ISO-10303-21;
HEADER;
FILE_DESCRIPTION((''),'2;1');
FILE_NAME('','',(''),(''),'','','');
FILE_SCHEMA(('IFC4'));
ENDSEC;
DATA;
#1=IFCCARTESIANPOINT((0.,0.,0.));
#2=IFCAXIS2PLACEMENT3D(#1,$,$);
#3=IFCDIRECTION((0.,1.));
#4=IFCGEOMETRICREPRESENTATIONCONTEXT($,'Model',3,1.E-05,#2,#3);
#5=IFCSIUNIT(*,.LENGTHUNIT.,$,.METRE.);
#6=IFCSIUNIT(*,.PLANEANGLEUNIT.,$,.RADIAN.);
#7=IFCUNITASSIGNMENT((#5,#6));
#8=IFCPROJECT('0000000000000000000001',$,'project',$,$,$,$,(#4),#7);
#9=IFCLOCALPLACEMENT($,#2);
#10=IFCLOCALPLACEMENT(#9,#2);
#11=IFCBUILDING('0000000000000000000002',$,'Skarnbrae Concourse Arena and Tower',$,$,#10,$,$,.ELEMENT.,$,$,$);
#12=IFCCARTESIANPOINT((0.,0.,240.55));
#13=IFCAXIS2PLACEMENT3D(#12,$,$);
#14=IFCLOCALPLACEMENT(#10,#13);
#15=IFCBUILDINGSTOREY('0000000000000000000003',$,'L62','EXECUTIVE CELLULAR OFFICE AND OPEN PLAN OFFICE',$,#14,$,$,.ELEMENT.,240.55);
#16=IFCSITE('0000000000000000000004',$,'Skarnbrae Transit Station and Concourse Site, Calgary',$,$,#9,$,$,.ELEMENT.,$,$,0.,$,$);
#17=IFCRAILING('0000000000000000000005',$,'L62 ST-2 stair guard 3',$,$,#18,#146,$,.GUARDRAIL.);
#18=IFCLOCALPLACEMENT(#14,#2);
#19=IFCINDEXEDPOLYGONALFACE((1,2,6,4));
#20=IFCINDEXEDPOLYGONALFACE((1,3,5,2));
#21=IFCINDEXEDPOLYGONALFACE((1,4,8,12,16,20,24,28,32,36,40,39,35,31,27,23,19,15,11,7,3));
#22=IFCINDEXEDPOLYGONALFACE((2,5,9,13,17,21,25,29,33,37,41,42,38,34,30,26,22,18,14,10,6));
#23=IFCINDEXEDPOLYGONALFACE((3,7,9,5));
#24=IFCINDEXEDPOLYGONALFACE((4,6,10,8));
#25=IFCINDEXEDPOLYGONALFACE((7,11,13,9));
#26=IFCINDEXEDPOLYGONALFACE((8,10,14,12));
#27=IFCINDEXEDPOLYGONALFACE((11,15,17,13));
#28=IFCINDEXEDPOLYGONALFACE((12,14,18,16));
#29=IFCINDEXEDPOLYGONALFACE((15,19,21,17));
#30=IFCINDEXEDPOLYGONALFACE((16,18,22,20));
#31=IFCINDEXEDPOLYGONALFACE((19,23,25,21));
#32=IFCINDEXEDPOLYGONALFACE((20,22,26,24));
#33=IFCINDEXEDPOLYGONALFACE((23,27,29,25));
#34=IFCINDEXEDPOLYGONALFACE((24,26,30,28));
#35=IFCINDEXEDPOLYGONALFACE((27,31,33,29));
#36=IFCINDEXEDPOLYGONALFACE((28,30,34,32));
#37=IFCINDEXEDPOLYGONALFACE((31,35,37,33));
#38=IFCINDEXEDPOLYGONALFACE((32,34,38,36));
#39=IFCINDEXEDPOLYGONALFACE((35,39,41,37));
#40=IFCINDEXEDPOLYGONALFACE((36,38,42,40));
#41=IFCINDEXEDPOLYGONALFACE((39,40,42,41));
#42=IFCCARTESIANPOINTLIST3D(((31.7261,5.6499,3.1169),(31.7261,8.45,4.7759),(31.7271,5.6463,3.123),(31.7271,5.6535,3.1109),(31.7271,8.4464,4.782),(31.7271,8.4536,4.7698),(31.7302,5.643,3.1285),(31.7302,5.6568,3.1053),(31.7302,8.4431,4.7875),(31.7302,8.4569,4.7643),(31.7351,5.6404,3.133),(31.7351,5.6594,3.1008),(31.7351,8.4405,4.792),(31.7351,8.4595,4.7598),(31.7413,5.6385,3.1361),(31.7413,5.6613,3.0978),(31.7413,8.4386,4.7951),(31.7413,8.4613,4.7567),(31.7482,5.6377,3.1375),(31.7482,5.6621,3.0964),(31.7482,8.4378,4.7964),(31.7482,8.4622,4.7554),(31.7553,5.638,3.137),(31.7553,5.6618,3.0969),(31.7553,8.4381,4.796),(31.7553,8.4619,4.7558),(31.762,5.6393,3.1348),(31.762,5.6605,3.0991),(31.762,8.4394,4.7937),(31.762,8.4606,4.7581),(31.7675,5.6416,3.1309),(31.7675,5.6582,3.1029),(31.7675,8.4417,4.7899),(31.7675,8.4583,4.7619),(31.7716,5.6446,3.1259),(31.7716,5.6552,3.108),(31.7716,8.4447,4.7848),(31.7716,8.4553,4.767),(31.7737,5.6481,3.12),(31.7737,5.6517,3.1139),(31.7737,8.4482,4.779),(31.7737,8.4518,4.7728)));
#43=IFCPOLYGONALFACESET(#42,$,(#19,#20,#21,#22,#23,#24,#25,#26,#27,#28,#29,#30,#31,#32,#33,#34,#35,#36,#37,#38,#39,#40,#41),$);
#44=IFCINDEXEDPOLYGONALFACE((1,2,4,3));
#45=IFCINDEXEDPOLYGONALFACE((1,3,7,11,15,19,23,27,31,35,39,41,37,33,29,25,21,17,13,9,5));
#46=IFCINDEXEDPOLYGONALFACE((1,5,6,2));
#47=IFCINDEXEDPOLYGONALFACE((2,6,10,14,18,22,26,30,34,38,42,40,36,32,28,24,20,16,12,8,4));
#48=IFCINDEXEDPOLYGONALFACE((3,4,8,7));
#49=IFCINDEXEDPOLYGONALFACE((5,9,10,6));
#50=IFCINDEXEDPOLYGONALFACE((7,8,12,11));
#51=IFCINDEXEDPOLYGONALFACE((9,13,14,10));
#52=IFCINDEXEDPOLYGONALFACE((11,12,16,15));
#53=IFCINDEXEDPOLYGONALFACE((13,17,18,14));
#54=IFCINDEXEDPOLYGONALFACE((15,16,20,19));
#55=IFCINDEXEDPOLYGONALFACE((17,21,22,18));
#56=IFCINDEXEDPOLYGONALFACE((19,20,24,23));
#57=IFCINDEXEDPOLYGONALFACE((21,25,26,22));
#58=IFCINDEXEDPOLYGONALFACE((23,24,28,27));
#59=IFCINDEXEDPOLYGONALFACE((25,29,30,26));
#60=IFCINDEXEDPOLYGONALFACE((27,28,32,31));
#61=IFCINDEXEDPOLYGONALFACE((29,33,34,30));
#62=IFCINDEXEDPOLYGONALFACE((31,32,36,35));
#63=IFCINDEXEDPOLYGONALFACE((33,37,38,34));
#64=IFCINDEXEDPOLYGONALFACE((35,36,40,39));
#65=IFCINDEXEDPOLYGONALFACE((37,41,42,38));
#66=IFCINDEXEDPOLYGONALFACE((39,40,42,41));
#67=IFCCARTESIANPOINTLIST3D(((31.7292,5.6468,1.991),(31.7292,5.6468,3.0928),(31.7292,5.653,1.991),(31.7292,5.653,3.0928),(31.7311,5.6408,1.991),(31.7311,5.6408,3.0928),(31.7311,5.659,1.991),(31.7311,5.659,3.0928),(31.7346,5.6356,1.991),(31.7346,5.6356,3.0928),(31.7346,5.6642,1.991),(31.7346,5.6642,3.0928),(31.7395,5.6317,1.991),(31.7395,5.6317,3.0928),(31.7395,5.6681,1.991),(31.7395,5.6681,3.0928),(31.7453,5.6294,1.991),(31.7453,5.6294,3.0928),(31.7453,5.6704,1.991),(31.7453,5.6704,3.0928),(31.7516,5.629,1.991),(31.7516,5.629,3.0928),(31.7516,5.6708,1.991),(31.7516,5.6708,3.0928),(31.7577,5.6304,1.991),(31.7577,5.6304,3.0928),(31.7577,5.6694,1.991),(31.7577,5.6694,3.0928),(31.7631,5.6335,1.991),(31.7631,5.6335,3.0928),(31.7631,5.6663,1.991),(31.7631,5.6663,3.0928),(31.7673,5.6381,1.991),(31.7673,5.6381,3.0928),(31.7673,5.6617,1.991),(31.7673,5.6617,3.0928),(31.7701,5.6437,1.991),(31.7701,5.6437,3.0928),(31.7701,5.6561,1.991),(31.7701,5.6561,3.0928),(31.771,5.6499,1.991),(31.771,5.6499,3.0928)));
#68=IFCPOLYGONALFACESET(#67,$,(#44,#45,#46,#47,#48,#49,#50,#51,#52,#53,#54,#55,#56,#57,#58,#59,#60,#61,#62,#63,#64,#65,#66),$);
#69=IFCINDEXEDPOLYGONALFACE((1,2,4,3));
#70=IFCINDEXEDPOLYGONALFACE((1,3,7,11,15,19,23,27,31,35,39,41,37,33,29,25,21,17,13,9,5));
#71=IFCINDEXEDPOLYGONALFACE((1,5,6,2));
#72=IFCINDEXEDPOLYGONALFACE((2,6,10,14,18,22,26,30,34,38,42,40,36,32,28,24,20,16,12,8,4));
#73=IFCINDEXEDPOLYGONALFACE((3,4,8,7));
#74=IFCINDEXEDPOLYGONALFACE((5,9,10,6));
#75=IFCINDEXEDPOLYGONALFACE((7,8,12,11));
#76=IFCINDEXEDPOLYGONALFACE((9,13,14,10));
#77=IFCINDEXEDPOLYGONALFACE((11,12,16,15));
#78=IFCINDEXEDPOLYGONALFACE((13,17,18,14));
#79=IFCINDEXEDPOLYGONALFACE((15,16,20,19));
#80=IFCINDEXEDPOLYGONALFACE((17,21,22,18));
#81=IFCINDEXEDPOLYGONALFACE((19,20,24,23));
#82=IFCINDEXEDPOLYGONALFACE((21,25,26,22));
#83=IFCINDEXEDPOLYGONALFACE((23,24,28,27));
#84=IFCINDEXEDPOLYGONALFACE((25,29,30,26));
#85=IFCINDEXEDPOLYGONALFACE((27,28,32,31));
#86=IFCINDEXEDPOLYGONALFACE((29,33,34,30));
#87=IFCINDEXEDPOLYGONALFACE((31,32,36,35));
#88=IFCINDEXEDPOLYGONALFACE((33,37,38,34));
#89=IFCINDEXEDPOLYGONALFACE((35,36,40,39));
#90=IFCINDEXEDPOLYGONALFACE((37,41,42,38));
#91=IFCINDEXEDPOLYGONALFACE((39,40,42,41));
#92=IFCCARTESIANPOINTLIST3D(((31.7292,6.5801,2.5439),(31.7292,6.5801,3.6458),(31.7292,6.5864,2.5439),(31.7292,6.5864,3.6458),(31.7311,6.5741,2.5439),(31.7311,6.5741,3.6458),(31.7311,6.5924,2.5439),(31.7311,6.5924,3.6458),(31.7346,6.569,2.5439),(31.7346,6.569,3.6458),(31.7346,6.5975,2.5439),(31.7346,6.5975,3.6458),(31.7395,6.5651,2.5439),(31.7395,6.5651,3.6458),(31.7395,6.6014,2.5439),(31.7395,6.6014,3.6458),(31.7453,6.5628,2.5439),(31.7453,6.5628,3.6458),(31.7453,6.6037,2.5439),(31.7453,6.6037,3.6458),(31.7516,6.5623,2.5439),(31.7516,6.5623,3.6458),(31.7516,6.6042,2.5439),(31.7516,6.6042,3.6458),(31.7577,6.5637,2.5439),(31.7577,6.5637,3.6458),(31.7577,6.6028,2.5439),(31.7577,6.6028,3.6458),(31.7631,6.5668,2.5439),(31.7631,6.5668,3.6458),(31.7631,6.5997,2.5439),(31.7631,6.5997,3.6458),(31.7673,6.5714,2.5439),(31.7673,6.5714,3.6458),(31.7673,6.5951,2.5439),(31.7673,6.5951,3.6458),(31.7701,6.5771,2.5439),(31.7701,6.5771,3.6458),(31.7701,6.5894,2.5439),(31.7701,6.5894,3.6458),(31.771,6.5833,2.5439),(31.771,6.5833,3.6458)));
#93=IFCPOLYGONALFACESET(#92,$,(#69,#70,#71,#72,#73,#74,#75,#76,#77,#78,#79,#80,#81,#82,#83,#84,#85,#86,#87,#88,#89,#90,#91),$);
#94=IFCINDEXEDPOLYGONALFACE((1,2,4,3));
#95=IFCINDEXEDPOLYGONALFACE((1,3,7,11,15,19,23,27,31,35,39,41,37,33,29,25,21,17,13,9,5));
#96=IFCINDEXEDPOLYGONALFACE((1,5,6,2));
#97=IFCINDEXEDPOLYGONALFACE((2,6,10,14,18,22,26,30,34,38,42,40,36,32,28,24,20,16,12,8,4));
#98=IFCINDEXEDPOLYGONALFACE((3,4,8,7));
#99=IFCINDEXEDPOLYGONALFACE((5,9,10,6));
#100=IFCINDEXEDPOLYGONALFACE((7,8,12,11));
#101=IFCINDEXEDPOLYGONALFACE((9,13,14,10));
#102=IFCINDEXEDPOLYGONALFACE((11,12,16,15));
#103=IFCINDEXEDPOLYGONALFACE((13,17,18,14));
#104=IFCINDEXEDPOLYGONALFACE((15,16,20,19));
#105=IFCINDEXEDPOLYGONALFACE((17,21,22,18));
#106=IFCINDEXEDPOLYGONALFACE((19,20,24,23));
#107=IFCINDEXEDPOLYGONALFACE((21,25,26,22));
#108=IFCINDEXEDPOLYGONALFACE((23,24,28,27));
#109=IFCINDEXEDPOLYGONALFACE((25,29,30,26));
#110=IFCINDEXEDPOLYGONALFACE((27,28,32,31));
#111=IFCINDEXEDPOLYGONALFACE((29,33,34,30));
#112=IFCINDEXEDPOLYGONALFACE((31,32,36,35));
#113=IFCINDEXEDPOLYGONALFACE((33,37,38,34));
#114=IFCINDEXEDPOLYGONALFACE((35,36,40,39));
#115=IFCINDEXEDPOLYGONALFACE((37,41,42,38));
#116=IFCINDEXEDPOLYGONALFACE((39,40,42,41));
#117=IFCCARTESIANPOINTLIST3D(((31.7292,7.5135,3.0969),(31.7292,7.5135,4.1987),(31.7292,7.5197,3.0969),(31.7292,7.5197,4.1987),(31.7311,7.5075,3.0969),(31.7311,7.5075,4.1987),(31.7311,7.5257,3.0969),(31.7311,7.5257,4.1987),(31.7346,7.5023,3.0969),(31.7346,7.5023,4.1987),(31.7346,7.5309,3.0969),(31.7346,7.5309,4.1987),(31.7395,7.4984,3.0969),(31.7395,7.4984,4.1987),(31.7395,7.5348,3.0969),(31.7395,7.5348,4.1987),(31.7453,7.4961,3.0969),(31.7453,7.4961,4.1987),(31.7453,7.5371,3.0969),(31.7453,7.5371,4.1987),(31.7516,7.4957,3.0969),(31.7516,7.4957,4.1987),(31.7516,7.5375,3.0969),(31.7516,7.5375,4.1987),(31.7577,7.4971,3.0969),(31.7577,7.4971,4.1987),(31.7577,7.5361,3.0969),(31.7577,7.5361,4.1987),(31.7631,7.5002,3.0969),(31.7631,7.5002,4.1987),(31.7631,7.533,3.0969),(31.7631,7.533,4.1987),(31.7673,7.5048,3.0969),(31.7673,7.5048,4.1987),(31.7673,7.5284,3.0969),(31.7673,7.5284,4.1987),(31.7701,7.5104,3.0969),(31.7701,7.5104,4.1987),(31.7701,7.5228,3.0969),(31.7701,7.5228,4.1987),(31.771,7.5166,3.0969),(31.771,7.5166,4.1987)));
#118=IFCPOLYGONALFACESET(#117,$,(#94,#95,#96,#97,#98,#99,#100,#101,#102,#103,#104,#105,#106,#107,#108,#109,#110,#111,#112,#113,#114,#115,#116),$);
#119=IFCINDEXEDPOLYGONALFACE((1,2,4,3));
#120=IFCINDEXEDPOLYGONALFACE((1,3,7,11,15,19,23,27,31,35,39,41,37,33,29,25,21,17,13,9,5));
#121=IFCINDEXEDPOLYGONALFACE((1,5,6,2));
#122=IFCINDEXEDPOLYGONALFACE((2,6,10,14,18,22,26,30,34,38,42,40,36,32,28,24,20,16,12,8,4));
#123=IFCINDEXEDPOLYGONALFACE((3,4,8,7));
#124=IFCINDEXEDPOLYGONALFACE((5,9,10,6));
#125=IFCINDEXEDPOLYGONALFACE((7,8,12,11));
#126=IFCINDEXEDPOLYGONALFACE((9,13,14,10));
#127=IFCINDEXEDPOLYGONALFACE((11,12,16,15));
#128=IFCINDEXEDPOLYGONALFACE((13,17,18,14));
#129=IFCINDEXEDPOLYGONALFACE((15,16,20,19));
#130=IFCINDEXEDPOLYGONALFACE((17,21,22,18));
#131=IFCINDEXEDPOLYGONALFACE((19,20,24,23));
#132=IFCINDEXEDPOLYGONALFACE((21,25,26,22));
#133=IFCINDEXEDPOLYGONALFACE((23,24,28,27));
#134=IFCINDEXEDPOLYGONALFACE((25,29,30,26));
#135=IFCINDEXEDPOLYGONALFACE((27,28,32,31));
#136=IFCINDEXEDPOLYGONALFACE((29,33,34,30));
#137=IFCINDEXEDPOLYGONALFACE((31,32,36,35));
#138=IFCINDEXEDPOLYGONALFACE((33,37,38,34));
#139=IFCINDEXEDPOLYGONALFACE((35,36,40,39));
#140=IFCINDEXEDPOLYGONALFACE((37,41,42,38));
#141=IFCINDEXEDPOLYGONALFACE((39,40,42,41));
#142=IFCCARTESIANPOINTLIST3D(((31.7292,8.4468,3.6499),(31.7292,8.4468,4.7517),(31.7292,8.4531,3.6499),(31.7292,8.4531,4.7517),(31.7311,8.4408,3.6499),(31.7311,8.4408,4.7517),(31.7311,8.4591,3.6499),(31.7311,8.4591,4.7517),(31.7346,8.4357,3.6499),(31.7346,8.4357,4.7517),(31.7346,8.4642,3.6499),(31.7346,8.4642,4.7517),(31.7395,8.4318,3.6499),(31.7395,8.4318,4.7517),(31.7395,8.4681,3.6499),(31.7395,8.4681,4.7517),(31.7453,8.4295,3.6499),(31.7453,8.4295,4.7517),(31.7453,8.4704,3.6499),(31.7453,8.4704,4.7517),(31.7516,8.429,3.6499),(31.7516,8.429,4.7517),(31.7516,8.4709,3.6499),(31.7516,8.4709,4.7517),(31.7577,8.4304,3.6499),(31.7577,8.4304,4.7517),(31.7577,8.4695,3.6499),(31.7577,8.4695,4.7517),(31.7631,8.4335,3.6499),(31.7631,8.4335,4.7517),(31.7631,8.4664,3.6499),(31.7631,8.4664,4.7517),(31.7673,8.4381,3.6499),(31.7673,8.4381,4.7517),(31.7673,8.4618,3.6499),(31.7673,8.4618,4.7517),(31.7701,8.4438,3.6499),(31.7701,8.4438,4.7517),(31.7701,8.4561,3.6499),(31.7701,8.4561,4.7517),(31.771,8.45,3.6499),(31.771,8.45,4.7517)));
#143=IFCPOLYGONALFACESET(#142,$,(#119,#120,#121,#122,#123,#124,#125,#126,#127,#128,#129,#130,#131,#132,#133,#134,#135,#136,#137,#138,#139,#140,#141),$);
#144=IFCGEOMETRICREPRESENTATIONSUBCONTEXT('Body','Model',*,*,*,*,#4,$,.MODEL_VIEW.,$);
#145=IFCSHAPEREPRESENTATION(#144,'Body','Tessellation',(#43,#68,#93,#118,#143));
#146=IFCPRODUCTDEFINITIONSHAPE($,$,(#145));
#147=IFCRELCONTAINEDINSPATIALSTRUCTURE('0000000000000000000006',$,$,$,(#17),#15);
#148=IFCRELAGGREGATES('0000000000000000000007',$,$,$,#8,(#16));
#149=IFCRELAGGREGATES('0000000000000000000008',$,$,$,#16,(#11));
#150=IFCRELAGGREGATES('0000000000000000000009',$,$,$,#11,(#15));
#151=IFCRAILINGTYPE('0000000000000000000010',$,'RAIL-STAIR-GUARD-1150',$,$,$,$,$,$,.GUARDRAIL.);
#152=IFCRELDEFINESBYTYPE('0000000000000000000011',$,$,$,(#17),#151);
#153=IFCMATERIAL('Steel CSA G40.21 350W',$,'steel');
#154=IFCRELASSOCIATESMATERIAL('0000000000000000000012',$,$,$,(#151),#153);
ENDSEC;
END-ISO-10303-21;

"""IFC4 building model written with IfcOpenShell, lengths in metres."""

from ifc_helpers import new_model, si_unit, direction, frame, origin, origin_2d, place, context, subcontext, project, spatial, circle, extrude, material, type_object, element, save


model = new_model("IFC4")

# Units and contexts
model_context = context("Model", 3, precision=1e-05, world=origin(), true_north=direction((0.0, 1.0)))
body_context = subcontext(model_context, "Body", "Model", "MODEL_VIEW")
ifc_project = project(units=[si_unit("LENGTHUNIT", "METRE"), si_unit("PLANEANGLEUNIT", "RADIAN")], contexts=[model_context])

# Site, building, storey
site_placement = place(None, origin())
site = spatial("IfcSite", under=ifc_project, at=site_placement, Name="Skarnbrae Transit Station and Concourse Site, Calgary", CompositionType="ELEMENT", RefElevation=0.0)
building_placement = place(site_placement, origin())
building = spatial("IfcBuilding", under=site, at=building_placement, Name="Skarnbrae Concourse Arena and Tower", CompositionType="ELEMENT")
storey_placement = place(building_placement, frame((0.0, 0.0, 240.55)))
storey = spatial("IfcBuildingStorey", under=building, at=storey_placement, Name="L62", Description="EXECUTIVE CELLULAR OFFICE AND OPEN PLAN OFFICE", CompositionType="ELEMENT", Elevation=240.55)

# Shared definitions
ifc_material_1 = material(Name="Steel CSA G40.21 350W", Category="steel")

# Railing
railing_type_1 = type_object("IfcRailingType", Name="RAIL-STAIR-GUARD-1150", PredefinedType="GUARDRAIL", material=ifc_material_1)
railing_1_placement = place(storey_placement, frame((31.75, 5.6499, 1.991)))
element("IfcRailing", 1, at=railing_1_placement, inside=storey, type_object=railing_type_1, Name="L62 ST-2 stair guard 3", PredefinedType="GUARDRAIL", context=body_context, shape_type="SweptSolid", body=[
    extrude(circle(Radius=0.0239, at=origin_2d()), frame((0.0, 0.0, 1.126), z_axis=(0.0, 0.860339, 0.509722), x_axis=(-1.0, 0.0, 0.0)), (0.0, 0.0, 1.0), 3.2546),
    extrude(circle(Radius=0.021, at=origin_2d()), origin(), (0.0, 0.0, 1.0), 1.1018),
    extrude(circle(Radius=0.021, at=origin_2d()), frame((0.0, 0.9333, 0.553)), (0.0, 0.0, 1.0), 1.1018),
    extrude(circle(Radius=0.021, at=origin_2d()), frame((0.0, 1.8667, 1.106)), (0.0, 0.0, 1.0), 1.1018),
    extrude(circle(Radius=0.021, at=origin_2d()), frame((0.0, 2.8, 1.6589)), (0.0, 0.0, 1.0), 1.1018),
])

save(model, "model.ifc")
